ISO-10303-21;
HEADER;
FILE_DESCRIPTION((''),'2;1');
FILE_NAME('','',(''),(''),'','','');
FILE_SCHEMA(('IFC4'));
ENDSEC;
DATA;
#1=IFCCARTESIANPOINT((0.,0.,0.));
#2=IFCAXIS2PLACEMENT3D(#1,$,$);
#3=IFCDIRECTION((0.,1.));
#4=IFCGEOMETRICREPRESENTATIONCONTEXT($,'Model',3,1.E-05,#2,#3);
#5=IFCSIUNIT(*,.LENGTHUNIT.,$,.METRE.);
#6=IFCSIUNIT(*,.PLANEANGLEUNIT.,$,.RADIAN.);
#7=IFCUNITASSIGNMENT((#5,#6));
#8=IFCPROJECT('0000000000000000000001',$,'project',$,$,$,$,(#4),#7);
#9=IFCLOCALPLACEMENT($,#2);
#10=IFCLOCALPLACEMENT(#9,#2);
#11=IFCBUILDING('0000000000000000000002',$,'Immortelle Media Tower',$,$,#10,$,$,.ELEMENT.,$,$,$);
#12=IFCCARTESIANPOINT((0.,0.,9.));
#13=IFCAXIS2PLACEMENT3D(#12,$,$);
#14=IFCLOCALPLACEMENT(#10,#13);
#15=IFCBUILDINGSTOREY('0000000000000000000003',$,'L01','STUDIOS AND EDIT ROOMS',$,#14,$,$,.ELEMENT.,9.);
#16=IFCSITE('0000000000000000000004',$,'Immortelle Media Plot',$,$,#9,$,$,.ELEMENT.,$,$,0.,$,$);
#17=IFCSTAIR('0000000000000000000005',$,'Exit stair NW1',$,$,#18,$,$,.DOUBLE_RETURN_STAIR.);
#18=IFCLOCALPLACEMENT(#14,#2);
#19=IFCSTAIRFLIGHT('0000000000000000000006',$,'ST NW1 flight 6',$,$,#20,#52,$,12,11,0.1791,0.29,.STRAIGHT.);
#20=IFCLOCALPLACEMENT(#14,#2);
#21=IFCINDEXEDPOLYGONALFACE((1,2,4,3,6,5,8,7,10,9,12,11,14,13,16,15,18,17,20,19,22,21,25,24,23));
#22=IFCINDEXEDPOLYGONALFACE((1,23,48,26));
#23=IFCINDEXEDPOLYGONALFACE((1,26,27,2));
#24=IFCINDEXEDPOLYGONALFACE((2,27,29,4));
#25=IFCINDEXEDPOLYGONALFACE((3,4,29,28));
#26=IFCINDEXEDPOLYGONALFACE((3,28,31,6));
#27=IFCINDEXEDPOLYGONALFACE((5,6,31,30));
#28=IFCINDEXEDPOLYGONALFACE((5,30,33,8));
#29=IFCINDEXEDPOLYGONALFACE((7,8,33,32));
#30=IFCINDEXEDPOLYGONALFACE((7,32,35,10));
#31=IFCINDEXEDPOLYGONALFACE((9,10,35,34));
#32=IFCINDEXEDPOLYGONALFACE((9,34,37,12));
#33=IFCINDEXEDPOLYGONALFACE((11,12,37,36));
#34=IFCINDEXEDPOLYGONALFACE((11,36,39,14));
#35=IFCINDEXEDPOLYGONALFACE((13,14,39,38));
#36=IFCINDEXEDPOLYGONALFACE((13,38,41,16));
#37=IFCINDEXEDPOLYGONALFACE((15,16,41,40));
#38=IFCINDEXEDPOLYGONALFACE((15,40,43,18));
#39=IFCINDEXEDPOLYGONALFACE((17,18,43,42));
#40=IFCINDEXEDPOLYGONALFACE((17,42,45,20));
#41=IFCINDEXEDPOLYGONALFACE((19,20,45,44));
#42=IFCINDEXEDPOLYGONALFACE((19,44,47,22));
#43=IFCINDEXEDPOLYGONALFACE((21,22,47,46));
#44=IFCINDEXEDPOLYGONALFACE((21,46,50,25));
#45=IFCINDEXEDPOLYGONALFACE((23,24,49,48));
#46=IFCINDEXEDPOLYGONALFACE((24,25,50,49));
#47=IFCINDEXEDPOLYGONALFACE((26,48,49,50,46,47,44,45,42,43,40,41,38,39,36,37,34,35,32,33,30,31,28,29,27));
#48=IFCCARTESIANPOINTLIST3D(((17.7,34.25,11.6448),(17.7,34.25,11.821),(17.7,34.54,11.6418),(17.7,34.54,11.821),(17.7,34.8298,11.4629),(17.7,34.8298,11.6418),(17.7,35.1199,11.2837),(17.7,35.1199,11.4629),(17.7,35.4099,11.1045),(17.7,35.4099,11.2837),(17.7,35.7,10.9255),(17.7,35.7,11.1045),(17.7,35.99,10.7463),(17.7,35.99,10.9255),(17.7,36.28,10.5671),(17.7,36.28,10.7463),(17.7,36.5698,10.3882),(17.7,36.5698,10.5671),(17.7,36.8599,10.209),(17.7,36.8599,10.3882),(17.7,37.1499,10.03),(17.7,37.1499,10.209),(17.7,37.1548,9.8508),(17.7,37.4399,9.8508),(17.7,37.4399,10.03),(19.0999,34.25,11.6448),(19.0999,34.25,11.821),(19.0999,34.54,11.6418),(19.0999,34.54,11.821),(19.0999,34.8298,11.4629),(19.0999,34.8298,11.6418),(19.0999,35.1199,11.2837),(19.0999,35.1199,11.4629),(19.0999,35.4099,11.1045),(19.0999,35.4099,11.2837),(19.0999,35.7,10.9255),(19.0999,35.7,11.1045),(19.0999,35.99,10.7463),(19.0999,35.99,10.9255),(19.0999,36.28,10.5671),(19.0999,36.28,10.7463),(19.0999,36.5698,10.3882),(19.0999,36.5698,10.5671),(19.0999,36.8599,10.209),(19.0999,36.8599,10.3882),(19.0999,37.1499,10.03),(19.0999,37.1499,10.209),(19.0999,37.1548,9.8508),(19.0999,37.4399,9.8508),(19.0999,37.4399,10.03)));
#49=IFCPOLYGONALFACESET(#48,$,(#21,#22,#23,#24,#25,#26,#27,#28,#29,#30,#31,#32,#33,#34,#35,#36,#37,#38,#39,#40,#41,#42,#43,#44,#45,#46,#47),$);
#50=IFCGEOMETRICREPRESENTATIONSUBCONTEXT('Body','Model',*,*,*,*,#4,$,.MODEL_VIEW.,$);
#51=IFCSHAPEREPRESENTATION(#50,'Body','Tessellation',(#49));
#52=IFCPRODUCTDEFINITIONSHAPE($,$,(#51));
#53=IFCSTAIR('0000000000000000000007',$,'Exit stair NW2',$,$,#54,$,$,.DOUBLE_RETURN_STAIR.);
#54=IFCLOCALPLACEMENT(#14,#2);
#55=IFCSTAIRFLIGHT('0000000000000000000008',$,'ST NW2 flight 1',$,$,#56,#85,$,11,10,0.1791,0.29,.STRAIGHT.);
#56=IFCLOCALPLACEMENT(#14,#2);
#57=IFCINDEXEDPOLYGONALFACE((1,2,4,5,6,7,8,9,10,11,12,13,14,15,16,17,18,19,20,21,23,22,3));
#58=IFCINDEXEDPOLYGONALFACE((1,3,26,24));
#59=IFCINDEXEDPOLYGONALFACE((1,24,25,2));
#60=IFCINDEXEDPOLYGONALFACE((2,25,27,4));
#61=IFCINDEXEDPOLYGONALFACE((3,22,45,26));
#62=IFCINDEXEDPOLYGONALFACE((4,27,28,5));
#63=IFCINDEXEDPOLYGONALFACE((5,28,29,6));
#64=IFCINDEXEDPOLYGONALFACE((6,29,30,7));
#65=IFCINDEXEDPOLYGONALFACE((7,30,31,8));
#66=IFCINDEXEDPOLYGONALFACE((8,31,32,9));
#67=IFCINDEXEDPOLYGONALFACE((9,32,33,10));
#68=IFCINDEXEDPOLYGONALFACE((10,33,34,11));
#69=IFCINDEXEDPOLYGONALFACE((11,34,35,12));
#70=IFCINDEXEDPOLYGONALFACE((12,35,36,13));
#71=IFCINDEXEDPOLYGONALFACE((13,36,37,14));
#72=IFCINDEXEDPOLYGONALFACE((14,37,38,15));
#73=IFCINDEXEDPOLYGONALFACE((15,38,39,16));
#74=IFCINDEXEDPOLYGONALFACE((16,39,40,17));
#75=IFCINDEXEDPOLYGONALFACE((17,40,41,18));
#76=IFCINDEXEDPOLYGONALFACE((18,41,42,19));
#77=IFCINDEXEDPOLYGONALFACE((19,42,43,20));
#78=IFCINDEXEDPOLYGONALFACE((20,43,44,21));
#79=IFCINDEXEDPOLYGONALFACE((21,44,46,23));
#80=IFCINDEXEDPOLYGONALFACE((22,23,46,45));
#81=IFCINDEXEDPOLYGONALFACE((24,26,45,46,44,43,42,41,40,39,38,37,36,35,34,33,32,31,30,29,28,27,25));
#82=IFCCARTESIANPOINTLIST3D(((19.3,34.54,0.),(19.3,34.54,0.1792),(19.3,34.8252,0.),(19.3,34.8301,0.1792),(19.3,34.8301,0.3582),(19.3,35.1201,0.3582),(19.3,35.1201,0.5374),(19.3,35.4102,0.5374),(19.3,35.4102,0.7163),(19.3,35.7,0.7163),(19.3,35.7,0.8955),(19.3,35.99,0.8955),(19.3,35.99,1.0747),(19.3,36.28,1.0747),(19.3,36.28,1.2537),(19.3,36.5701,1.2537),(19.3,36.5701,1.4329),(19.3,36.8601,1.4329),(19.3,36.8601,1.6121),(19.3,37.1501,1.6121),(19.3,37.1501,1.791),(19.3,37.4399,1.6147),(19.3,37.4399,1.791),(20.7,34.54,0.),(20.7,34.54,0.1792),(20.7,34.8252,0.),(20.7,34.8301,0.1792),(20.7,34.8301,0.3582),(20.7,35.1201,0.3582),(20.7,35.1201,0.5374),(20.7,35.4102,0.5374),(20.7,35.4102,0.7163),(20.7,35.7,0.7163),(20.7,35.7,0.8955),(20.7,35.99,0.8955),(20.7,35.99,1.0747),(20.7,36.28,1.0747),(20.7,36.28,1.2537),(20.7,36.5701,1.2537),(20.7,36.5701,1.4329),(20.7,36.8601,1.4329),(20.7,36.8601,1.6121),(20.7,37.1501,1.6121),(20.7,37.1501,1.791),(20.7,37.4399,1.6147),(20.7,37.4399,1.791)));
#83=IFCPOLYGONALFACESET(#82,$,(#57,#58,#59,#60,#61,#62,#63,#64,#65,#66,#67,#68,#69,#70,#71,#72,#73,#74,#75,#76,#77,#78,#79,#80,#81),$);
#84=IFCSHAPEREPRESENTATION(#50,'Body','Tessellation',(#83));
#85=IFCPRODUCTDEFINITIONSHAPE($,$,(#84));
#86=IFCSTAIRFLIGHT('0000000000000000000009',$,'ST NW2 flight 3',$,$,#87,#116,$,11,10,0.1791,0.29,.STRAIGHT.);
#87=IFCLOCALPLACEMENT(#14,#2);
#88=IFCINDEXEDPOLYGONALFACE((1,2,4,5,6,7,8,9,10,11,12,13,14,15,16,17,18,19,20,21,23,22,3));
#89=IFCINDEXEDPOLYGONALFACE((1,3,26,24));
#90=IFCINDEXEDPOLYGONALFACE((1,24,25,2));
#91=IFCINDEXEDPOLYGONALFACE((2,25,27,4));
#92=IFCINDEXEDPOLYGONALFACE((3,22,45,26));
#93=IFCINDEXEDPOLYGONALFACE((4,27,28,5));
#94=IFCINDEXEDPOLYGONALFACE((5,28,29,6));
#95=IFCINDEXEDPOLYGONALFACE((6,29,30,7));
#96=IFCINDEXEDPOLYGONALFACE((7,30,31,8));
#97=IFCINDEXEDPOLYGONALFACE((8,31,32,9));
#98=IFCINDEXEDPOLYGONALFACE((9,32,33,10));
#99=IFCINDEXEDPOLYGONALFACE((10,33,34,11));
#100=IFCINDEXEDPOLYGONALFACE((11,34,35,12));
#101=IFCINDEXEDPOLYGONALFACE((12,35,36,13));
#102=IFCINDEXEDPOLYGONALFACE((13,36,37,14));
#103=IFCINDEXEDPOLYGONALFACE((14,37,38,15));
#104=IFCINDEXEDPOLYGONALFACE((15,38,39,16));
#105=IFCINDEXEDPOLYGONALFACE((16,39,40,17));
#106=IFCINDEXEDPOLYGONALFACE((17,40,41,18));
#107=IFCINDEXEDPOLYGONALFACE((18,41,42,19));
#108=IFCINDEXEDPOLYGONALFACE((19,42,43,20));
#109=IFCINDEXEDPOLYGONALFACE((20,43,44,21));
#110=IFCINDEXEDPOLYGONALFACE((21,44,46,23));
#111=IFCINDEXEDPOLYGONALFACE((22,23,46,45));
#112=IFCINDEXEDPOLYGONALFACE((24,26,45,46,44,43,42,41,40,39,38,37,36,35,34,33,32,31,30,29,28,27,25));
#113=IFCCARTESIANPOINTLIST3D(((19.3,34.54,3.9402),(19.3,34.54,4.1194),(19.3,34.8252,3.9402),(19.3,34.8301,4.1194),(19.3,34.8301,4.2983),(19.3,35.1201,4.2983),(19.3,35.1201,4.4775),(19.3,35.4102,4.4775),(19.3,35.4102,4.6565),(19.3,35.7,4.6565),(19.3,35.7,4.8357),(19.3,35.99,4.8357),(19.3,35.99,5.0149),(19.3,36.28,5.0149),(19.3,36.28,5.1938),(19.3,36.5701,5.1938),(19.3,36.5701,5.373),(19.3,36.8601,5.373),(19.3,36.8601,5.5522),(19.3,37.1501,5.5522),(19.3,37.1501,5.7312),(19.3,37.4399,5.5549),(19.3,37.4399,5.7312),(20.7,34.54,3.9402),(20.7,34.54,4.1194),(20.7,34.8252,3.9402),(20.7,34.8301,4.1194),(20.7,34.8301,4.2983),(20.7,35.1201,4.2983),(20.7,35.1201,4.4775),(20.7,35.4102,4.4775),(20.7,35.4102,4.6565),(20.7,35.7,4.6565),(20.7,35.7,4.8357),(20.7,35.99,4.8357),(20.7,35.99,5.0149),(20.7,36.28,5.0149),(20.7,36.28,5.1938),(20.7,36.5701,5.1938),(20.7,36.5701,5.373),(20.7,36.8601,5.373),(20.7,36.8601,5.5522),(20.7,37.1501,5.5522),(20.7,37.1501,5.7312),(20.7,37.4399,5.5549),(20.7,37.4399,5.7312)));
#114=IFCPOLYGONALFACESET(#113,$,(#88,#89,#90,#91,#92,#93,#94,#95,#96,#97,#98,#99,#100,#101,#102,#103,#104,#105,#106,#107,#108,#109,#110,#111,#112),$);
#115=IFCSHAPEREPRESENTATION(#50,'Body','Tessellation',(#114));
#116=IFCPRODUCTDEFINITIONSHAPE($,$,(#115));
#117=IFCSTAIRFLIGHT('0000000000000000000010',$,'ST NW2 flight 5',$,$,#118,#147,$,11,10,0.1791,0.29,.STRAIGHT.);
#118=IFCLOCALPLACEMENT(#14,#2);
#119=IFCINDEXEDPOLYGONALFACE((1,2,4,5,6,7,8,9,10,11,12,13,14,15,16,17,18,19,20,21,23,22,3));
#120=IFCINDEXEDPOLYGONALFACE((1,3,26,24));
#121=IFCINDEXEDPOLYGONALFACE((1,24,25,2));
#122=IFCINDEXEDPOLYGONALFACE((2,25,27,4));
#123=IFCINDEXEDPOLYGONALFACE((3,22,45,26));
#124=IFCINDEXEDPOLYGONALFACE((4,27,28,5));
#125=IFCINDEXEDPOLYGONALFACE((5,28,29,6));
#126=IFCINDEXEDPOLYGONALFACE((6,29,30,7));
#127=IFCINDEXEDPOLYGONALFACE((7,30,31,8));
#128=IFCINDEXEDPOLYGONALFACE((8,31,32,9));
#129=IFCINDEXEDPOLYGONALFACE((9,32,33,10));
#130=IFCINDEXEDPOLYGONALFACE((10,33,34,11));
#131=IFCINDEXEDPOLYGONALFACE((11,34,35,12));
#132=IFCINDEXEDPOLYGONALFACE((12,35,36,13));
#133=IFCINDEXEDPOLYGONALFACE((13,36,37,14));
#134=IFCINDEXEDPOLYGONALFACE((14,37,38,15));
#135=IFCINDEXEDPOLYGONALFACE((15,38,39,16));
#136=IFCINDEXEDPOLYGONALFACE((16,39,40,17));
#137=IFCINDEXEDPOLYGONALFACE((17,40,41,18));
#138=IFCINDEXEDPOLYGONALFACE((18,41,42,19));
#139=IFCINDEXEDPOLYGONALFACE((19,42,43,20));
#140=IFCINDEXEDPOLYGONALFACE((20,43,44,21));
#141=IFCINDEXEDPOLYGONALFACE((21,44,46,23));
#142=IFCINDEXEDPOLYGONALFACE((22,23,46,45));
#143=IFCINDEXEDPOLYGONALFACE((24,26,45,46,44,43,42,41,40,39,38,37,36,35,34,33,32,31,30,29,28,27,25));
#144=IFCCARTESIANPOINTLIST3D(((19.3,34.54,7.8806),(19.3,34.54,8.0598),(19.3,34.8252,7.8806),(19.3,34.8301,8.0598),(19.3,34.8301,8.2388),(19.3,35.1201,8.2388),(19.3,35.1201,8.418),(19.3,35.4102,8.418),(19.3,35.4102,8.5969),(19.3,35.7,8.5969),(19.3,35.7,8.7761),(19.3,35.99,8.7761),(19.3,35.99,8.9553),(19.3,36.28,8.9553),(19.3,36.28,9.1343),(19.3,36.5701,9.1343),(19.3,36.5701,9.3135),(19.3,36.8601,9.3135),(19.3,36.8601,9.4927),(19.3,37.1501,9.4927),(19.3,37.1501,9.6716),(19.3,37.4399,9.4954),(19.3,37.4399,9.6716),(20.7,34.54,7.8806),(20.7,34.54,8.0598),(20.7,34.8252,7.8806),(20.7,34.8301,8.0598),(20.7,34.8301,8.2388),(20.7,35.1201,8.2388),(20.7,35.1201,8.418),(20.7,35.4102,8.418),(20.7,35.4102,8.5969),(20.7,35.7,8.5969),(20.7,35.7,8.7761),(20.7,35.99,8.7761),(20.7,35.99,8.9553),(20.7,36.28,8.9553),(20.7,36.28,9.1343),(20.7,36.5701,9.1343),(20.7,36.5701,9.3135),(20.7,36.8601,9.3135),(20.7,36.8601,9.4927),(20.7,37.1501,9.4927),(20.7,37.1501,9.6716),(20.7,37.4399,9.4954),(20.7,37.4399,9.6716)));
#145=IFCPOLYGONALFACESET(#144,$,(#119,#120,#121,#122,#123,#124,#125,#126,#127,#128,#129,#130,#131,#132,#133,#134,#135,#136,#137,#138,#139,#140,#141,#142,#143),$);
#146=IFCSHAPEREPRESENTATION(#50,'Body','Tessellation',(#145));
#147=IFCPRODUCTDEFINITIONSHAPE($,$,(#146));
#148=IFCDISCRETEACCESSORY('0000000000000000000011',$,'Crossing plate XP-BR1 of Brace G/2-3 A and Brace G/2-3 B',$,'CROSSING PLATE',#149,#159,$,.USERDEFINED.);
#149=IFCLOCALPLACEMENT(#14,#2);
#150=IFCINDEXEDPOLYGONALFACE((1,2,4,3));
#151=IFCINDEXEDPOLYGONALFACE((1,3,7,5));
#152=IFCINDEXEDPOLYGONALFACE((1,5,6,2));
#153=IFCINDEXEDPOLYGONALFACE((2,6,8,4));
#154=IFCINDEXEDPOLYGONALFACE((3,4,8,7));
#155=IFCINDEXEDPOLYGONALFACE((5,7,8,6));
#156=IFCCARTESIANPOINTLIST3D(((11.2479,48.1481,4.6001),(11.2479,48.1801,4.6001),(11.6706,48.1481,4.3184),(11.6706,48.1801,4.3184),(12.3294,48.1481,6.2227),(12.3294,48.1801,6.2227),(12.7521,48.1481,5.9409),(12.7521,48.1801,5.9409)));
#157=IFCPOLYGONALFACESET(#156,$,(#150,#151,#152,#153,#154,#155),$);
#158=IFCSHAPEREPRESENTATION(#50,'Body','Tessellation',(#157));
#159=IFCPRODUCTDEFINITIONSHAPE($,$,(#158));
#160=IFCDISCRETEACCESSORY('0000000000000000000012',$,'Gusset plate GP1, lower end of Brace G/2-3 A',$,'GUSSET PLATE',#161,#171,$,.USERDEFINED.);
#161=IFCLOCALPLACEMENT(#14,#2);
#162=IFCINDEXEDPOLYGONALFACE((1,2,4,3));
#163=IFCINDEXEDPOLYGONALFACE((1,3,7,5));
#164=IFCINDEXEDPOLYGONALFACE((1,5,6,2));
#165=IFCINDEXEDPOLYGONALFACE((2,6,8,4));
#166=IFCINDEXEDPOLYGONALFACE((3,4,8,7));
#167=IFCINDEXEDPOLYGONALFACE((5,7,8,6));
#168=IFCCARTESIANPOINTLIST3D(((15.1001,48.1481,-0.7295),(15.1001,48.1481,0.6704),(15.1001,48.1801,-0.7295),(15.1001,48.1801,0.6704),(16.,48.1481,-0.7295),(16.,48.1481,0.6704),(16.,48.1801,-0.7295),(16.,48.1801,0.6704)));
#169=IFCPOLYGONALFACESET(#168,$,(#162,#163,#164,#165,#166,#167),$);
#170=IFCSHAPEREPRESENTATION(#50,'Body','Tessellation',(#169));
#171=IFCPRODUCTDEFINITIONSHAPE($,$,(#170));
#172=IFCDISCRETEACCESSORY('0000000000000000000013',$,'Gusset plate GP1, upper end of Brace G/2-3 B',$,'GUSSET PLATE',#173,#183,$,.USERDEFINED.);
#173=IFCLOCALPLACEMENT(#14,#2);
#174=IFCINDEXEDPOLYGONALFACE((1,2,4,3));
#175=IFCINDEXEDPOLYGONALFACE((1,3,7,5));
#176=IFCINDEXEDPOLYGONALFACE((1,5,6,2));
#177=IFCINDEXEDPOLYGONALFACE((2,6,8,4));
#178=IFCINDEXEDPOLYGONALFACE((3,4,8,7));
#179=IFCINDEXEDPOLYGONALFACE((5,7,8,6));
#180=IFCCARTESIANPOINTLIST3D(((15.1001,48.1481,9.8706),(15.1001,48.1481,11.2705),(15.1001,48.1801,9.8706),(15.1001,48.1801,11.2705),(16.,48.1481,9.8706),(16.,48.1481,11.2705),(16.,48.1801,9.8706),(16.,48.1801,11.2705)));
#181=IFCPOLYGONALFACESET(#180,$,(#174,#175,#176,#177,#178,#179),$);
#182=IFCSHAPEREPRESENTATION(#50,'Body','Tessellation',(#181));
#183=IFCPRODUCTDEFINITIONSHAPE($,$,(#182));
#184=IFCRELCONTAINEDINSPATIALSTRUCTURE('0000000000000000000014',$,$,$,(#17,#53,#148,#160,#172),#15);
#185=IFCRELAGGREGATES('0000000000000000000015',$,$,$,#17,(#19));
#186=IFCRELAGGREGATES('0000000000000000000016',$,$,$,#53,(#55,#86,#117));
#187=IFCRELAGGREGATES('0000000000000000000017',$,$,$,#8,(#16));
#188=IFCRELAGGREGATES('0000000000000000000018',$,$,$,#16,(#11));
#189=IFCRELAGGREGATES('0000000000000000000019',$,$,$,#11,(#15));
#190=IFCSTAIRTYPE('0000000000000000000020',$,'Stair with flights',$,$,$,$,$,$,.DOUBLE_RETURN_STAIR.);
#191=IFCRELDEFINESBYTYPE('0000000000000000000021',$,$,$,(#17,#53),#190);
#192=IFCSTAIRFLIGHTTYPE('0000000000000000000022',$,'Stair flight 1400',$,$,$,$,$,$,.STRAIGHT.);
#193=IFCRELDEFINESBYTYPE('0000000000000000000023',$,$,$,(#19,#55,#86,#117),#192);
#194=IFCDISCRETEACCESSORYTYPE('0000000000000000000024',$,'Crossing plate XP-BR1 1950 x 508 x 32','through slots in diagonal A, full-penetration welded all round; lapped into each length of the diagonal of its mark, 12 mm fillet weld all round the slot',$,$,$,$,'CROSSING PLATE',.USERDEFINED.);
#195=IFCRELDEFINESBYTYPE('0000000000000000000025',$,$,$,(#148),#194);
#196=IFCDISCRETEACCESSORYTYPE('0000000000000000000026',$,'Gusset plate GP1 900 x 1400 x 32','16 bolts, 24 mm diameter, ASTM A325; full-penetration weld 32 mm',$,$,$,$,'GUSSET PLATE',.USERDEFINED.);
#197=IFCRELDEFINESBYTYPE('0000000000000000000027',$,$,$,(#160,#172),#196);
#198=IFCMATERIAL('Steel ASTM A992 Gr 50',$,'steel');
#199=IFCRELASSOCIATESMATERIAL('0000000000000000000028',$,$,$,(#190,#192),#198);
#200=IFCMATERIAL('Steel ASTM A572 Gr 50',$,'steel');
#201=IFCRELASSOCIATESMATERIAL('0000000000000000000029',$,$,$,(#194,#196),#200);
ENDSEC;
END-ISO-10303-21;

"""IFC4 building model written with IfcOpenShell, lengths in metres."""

from ifc_helpers import new_model, si_unit, direction, frame, origin, origin_2d, place, context, subcontext, project, spatial, polyline, rectangle, outline, extrude, material, material_profile, profile_set, type_object, element, aggregate, save


model = new_model("IFC4")

# Units and contexts
model_context = context("Model", 3, precision=1e-05, world=origin(), true_north=direction((0.0, 1.0)))
body_context = subcontext(model_context, "Body", "Model", "MODEL_VIEW")
ifc_project = project(units=[si_unit("LENGTHUNIT", "METRE"), si_unit("PLANEANGLEUNIT", "RADIAN")], contexts=[model_context])

# Site, building, storey
site_placement = place(None, origin())
site = spatial("IfcSite", under=ifc_project, at=site_placement, Name="Immortelle Media Plot", CompositionType="ELEMENT", RefElevation=0.0)
building_placement = place(site_placement, origin())
building = spatial("IfcBuilding", under=site, at=building_placement, Name="Immortelle Media Tower", CompositionType="ELEMENT")
storey_placement = place(building_placement, frame((0.0, 0.0, 9.0)))
storey = spatial("IfcBuildingStorey", under=building, at=storey_placement, Name="L01", Description="STUDIOS AND EDIT ROOMS", CompositionType="ELEMENT", Elevation=9.0)

# Shared definitions
ifc_material_1 = material(Name="Steel ASTM A992 Gr 50", Category="steel")

# Stairs, stair flights
stair_type = type_object("IfcStairType", Name="Stair with flights", PredefinedType="DOUBLE_RETURN_STAIR", material=ifc_material_1)
stair_1_placement = place(storey_placement, origin())
stair_1 = element("IfcStair", 1, at=stair_1_placement, inside=storey, type_object=stair_type, Name="Exit stair NW1", PredefinedType="DOUBLE_RETURN_STAIR")
stair_flight_type = type_object("IfcStairFlightType", Name="Stair flight 1400", PredefinedType="STRAIGHT", material=ifc_material_1)
stair_flight_1_placement = place(storey_placement, frame((18.3999, 37.4399, 9.8508), z_axis=(0.0, 0.0, 1.0), x_axis=(0.0, -1.0, 0.0)))
stair_flight_1 = element("IfcStairFlight", 2, at=stair_flight_1_placement, type_object=stair_flight_type, Name="ST NW1 flight 6", NumberOfRisers=12, NumberOfTreads=11, PredefinedType="STRAIGHT", RiserHeight=0.1791, TreadLength=0.29, context=body_context, shape_type="SweptSolid", body=[
    extrude(outline(polyline([(0.0, 0.0), (0.0, 0.1792), (0.29, 0.1792), (0.29, 0.3582), (0.5801, 0.3582), (0.5801, 0.5374), (0.8701, 0.5374), (0.8701, 0.7163), (1.1599, 0.7163), (1.1599, 0.8955), (1.45, 0.8955), (1.45, 1.0747), (1.74, 1.0747), (1.74, 1.2537), (2.03, 1.2537), (2.03, 1.4329), (2.3201, 1.4329), (2.3201, 1.6121), (2.6101, 1.6121), (2.6101, 1.791), (2.8999, 1.791), (2.8999, 1.9702), (3.1899, 1.9702), (3.1899, 2.1492), (3.1899, 1.7939), (0.2852, 0.0), (0.0, 0.0)])), frame((0.0, 0.7, 0.0), z_axis=(0.0, -1.0, 0.0), x_axis=(1.0, 0.0, 0.0)), (0.0, 0.0, 1.0), 1.3999),
])
aggregate(stair_1, [stair_flight_1])
stair_2_placement = place(storey_placement, origin())
stair_2 = element("IfcStair", 3, at=stair_2_placement, inside=storey, type_object=stair_type, Name="Exit stair NW2", PredefinedType="DOUBLE_RETURN_STAIR")
stair_flight_2_placement = place(storey_placement, frame((20.0, 34.54, 0.0), z_axis=(0.0, 0.0, 1.0), x_axis=(0.0, 1.0, 0.0)))
stair_flight_2 = element("IfcStairFlight", 4, at=stair_flight_2_placement, type_object=stair_flight_type, Name="ST NW2 flight 1", NumberOfRisers=11, NumberOfTreads=10, PredefinedType="STRAIGHT", RiserHeight=0.1791, TreadLength=0.29, context=body_context, shape_type="SweptSolid", body=[
    extrude(outline(polyline([(0.0, 0.0), (0.0, 0.1792), (0.29, 0.1792), (0.29, 0.3582), (0.5801, 0.3582), (0.5801, 0.5374), (0.8701, 0.5374), (0.8701, 0.7163), (1.1599, 0.7163), (1.1599, 0.8955), (1.45, 0.8955), (1.45, 1.0747), (1.74, 1.0747), (1.74, 1.2537), (2.03, 1.2537), (2.03, 1.4329), (2.3201, 1.4329), (2.3201, 1.6121), (2.6101, 1.6121), (2.6101, 1.791), (2.8999, 1.791), (2.8999, 1.9702), (2.8999, 1.6147), (0.2852, 0.0), (0.0, 0.0)])), frame((0.0, 0.7, 0.0), z_axis=(0.0, -1.0, 0.0), x_axis=(1.0, 0.0, 0.0)), (0.0, 0.0, 1.0), 1.3999),
])
stair_flight_3_placement = place(storey_placement, frame((20.0, 34.54, 3.9402), z_axis=(0.0, 0.0, 1.0), x_axis=(0.0, 1.0, 0.0)))
stair_flight_3 = element("IfcStairFlight", 5, at=stair_flight_3_placement, type_object=stair_flight_type, Name="ST NW2 flight 3", NumberOfRisers=11, NumberOfTreads=10, PredefinedType="STRAIGHT", RiserHeight=0.1791, TreadLength=0.29, context=body_context, shape_type="SweptSolid", body=[
    extrude(outline(polyline([(0.0, 0.0), (0.0, 0.1792), (0.29, 0.1792), (0.29, 0.3582), (0.5801, 0.3582), (0.5801, 0.5374), (0.8701, 0.5374), (0.8701, 0.7163), (1.1599, 0.7163), (1.1599, 0.8955), (1.45, 0.8955), (1.45, 1.0747), (1.74, 1.0747), (1.74, 1.2537), (2.03, 1.2537), (2.03, 1.4329), (2.3201, 1.4329), (2.3201, 1.6121), (2.6101, 1.6121), (2.6101, 1.791), (2.8999, 1.791), (2.8999, 1.9702), (2.8999, 1.6147), (0.2852, 0.0), (0.0, 0.0)])), frame((0.0, 0.7, 0.0), z_axis=(0.0, -1.0, 0.0), x_axis=(1.0, 0.0, 0.0)), (0.0, 0.0, 1.0), 1.3999),
])
stair_flight_4_placement = place(storey_placement, frame((20.0, 34.54, 7.8806), z_axis=(0.0, 0.0, 1.0), x_axis=(0.0, 1.0, 0.0)))
stair_flight_4 = element("IfcStairFlight", 6, at=stair_flight_4_placement, type_object=stair_flight_type, Name="ST NW2 flight 5", NumberOfRisers=11, NumberOfTreads=10, PredefinedType="STRAIGHT", RiserHeight=0.1791, TreadLength=0.29, context=body_context, shape_type="SweptSolid", body=[
    extrude(outline(polyline([(0.0, 0.0), (0.0, 0.1792), (0.29, 0.1792), (0.29, 0.3582), (0.5801, 0.3582), (0.5801, 0.5374), (0.8701, 0.5374), (0.8701, 0.7163), (1.1599, 0.7163), (1.1599, 0.8955), (1.45, 0.8955), (1.45, 1.0747), (1.74, 1.0747), (1.74, 1.2537), (2.03, 1.2537), (2.03, 1.4329), (2.3201, 1.4329), (2.3201, 1.6121), (2.6101, 1.6121), (2.6101, 1.791), (2.8999, 1.791), (2.8999, 1.9702), (2.8999, 1.6147), (0.2852, 0.0), (0.0, 0.0)])), frame((0.0, 0.7, 0.0), z_axis=(0.0, -1.0, 0.0), x_axis=(1.0, 0.0, 0.0)), (0.0, 0.0, 1.0), 1.3999),
])
aggregate(stair_2, [stair_flight_2, stair_flight_3, stair_flight_4])

# Discrete accessories
ifc_material_2 = material(Name="Steel ASTM A572 Gr 50", Category="steel")
ifc_material_profile_1 = material_profile(ifc_material_2, rectangle(XDim=0.032, YDim=0.5081, at=origin_2d()), Name="PL 32 x 508")
ifc_profile_set_1 = profile_set([ifc_material_profile_1], Name="Steel ASTM A572 Gr 50")
discrete_accessory_type_1 = type_object("IfcDiscreteAccessoryType", Name="Crossing plate XP-BR1 1950 x 508 x 32", Description="through slots in diagonal A, full-penetration welded all round; lapped into each length of the diagonal of its mark, 12 mm fillet weld all round the slot", ElementType="CROSSING PLATE", PredefinedType="USERDEFINED", material=ifc_profile_set_1)
discrete_accessory_placement = place(storey_placement, frame((12.5408, 48.1641, 6.0818), z_axis=(-0.554642, 0.0, -0.832089), x_axis=(0.0, -1.0, 0.0)))
element("IfcDiscreteAccessory", 7, at=discrete_accessory_placement, inside=storey, type_object=discrete_accessory_type_1, Name="Crossing plate XP-BR1 of Brace G/2-3 A and Brace G/2-3 B", ObjectType="CROSSING PLATE", PredefinedType="USERDEFINED", context=body_context, shape_type="SweptSolid", body=[
    extrude(rectangle(XDim=0.032, YDim=0.5081, at=origin_2d()), origin(), (0.0, 0.0, 1.0), 1.95),
])
ifc_material_profile_2 = material_profile(ifc_material_2, rectangle(XDim=0.032, YDim=1.3999, at=origin_2d()), Name="PL 32 x 1400")
ifc_profile_set_2 = profile_set([ifc_material_profile_2], Name="Steel ASTM A572 Gr 50")
discrete_accessory_type_2 = type_object("IfcDiscreteAccessoryType", Name="Gusset plate GP1 900 x 1400 x 32", Description="16 bolts, 24 mm diameter, ASTM A325; full-penetration weld 32 mm", ElementType="GUSSET PLATE", PredefinedType="USERDEFINED", material=ifc_profile_set_2)
for number, where, z_axis, x_axis, name in (
    (8, (16.0, 48.1641, -0.0295), (-1.0, 0.0, 0.0), (0.0, -1.0, 0.0), "Gusset plate GP1, lower end of Brace G/2-3 A"),
    (9, (16.0, 48.1641, 10.5706), (-1.0, 0.0, 0.0), (0.0, -1.0, 0.0), "Gusset plate GP1, upper end of Brace G/2-3 B"),
):
    element("IfcDiscreteAccessory", number, at=place(storey_placement, frame(where, z_axis=z_axis, x_axis=x_axis)), inside=storey, type_object=discrete_accessory_type_2, Name=name, ObjectType="GUSSET PLATE", PredefinedType="USERDEFINED", context=body_context, shape_type="SweptSolid", body=[
        extrude(rectangle(XDim=0.032, YDim=1.3999, at=origin_2d()), origin(), (0.0, 0.0, 1.0), 0.8999),
    ])

save(model, "model.ifc")
